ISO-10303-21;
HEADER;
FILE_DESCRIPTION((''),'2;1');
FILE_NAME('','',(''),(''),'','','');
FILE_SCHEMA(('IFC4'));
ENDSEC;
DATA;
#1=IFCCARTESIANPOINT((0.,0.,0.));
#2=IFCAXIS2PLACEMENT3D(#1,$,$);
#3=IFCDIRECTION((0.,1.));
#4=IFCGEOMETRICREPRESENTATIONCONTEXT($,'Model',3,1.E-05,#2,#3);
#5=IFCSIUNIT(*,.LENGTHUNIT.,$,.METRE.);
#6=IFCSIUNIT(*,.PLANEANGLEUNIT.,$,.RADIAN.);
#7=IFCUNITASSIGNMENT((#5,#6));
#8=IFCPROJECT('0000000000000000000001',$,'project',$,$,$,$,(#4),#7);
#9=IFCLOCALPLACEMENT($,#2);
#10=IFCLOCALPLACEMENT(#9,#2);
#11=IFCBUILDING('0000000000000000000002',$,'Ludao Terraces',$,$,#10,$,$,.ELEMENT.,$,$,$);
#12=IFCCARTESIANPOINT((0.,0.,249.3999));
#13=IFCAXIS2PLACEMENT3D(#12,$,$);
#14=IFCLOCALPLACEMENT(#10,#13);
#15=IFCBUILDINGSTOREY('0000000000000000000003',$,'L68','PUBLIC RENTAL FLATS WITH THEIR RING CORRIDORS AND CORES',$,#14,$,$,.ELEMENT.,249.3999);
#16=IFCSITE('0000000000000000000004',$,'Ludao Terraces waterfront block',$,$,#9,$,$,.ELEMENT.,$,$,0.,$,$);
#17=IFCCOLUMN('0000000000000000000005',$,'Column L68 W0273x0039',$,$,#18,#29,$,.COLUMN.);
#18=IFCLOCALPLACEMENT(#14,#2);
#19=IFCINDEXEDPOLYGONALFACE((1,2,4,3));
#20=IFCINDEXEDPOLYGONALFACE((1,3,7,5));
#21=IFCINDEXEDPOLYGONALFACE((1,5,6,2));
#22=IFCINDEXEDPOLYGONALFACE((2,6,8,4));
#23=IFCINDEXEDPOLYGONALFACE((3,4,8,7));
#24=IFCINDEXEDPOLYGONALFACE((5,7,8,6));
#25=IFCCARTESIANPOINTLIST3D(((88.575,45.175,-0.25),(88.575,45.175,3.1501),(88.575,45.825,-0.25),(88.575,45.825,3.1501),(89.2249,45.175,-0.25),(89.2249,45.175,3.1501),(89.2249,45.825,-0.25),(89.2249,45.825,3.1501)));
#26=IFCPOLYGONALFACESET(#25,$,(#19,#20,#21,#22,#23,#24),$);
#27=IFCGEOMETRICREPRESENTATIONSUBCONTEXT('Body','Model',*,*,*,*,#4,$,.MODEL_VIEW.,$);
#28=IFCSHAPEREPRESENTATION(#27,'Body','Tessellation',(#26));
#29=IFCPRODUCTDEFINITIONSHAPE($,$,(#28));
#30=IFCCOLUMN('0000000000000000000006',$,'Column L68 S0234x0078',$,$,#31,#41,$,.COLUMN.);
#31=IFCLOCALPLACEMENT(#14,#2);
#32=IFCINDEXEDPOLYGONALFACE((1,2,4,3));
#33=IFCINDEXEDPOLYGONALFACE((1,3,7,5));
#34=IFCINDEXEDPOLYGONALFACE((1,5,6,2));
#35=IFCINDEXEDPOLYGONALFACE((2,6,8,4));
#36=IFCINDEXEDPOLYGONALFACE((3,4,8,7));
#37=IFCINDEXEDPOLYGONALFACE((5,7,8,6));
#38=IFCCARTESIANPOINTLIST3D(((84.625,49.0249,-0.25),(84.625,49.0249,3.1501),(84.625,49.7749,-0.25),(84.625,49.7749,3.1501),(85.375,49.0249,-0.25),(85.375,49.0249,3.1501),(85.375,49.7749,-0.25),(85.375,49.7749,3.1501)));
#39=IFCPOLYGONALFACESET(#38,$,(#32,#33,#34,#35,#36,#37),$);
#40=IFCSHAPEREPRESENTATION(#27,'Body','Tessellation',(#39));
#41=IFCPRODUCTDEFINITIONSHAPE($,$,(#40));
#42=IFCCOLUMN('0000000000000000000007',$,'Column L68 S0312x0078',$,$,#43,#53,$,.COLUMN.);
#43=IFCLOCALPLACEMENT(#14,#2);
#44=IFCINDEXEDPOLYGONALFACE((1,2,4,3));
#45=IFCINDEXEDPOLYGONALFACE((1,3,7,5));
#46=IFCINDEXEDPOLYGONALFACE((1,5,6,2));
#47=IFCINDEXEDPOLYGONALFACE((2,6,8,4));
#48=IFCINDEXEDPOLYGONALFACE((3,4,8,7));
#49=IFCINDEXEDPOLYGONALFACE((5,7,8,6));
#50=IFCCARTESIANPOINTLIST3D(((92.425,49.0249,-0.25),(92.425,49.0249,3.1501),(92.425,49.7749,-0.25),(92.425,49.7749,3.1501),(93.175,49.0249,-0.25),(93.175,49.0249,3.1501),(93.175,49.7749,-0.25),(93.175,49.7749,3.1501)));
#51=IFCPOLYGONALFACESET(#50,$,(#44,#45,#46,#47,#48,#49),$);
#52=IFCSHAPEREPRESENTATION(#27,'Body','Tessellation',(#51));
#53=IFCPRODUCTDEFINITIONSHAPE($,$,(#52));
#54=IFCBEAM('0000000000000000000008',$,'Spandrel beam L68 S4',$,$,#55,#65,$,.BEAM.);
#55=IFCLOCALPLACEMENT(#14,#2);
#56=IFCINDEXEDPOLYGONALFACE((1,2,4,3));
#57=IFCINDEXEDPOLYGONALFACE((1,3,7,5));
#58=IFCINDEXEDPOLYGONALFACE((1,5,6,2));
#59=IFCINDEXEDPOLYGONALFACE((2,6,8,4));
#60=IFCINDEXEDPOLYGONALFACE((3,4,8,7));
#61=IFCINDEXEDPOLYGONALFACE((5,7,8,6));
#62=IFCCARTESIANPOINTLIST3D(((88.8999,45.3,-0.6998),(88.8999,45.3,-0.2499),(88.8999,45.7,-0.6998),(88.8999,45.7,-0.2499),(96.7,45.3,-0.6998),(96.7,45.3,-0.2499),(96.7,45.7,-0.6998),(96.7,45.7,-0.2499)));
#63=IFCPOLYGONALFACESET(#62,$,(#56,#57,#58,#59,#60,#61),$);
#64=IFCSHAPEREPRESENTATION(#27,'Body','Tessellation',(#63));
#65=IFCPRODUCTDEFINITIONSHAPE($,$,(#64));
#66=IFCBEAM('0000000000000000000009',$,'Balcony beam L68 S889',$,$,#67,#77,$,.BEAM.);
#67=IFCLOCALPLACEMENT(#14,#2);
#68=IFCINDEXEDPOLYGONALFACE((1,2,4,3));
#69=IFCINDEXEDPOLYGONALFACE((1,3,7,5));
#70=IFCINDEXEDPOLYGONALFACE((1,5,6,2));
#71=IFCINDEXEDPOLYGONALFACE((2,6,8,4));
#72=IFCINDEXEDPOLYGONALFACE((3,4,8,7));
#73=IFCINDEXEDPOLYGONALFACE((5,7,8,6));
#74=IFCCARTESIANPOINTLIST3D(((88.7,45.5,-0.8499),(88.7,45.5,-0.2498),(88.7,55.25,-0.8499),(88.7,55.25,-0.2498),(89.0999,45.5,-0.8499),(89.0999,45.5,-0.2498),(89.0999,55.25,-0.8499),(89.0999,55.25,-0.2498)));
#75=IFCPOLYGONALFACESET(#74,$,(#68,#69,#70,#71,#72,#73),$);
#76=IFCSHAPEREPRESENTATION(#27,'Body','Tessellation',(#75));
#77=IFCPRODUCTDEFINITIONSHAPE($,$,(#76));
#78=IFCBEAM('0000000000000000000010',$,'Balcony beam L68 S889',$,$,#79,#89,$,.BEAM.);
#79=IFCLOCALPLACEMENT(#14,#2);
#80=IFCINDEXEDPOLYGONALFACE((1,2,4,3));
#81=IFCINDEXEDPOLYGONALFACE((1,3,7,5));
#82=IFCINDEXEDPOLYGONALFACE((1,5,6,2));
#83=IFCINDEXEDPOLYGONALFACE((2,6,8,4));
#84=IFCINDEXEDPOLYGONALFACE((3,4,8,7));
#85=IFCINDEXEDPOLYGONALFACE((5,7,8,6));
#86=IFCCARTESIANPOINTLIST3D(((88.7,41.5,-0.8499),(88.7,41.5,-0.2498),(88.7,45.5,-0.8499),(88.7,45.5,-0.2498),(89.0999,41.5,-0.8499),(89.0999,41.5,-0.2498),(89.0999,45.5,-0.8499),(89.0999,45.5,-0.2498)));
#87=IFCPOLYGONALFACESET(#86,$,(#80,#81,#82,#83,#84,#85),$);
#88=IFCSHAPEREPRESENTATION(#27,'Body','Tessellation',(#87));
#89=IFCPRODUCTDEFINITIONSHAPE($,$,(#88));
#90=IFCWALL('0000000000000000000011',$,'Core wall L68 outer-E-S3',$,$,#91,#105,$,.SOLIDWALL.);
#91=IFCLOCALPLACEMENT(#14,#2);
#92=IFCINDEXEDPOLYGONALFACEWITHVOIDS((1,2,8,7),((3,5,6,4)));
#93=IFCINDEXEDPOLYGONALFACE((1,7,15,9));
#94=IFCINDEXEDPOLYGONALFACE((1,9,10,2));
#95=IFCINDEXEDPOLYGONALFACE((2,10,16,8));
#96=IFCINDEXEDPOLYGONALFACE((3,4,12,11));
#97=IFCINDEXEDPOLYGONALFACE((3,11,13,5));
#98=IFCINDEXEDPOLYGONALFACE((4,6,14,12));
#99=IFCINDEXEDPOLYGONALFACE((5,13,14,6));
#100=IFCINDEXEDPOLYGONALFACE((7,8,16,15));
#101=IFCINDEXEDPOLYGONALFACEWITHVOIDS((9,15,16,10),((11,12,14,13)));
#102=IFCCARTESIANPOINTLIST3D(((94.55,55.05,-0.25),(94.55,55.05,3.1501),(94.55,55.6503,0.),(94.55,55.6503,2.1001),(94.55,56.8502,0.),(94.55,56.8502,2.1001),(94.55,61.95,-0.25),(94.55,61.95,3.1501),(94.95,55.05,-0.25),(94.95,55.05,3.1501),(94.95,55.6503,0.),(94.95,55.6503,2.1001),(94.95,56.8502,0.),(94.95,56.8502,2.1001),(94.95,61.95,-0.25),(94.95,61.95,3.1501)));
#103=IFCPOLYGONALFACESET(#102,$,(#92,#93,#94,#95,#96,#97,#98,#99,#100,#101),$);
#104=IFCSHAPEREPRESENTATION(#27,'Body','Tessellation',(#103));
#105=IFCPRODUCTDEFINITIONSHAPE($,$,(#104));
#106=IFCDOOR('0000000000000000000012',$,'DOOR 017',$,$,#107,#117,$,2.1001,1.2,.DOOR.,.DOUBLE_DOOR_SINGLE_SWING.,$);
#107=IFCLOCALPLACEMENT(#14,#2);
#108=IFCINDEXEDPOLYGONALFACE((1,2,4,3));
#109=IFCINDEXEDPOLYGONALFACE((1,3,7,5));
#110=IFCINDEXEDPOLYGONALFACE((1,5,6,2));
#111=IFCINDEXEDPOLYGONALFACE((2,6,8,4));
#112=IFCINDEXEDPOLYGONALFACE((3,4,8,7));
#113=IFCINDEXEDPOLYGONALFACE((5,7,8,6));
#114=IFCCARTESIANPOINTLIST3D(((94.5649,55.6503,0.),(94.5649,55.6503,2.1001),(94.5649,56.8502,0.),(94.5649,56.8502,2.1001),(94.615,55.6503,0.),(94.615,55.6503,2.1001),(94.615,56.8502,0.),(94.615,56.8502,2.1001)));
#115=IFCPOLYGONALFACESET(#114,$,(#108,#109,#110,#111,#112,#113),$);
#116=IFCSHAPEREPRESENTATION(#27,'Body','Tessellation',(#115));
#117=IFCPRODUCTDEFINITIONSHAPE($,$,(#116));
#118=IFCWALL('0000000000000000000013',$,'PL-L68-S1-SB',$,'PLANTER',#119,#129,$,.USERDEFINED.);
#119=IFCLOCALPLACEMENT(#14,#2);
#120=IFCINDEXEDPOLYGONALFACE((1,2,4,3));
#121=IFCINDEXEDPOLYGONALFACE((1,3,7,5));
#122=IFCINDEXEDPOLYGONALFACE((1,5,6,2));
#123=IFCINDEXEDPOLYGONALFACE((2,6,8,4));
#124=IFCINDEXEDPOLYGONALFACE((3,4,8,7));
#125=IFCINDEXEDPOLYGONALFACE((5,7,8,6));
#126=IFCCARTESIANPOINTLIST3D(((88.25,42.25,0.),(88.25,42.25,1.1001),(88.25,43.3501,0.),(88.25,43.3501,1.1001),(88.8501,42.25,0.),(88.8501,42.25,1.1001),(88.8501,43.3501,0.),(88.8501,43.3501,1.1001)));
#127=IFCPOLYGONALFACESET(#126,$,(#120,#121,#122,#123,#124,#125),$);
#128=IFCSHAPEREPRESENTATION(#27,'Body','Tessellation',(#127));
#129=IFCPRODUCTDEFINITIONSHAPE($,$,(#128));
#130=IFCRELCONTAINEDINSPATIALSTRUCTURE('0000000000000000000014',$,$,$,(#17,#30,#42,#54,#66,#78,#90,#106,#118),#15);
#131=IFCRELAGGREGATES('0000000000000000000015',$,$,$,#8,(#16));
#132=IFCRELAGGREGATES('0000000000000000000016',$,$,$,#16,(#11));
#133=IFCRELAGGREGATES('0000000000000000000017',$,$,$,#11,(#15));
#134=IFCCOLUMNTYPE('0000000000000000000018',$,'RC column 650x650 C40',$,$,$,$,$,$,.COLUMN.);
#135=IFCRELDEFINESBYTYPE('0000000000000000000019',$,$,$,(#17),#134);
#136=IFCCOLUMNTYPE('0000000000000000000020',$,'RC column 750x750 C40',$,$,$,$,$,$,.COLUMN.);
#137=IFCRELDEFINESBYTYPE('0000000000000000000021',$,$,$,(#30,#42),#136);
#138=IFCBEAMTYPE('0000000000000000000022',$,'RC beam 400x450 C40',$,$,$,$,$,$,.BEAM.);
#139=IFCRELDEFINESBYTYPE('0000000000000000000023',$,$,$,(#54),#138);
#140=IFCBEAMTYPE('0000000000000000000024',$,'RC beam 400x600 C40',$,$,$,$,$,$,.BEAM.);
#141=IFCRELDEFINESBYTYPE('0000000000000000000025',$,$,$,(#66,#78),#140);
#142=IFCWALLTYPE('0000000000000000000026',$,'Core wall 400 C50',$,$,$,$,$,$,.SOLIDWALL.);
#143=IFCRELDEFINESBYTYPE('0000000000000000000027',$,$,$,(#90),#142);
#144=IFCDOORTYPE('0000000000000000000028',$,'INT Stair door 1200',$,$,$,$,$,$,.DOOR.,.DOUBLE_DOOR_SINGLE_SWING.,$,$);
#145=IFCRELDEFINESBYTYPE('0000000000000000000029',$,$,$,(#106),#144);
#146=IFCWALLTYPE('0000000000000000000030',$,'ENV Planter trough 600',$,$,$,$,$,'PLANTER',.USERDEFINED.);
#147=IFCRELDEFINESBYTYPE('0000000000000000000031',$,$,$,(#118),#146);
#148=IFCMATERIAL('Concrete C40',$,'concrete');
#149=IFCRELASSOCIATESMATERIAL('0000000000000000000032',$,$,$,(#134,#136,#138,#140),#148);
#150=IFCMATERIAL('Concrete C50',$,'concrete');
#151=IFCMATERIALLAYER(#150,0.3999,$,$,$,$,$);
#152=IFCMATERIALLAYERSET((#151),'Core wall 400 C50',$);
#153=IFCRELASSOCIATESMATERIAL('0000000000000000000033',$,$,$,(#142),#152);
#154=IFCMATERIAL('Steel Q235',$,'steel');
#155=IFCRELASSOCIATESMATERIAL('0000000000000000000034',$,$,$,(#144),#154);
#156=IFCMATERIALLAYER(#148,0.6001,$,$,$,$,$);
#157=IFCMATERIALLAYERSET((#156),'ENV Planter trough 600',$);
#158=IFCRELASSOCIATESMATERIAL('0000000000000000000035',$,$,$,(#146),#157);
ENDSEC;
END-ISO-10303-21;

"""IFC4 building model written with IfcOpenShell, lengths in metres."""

from ifc_helpers import new_model, si_unit, direction, frame, frame_2d, origin, origin_2d, place, context, subcontext, project, spatial, rectangle, extrude, material, layer, layer_set, material_profile, profile_set, type_object, element, fill, save


model = new_model("IFC4")

# Units and contexts
model_context = context("Model", 3, precision=1e-05, world=origin(), true_north=direction((0.0, 1.0)))
body_context = subcontext(model_context, "Body", "Model", "MODEL_VIEW")
ifc_project = project(units=[si_unit("LENGTHUNIT", "METRE"), si_unit("PLANEANGLEUNIT", "RADIAN")], contexts=[model_context])

# Site, building, storey
site_placement = place(None, origin())
site = spatial("IfcSite", under=ifc_project, at=site_placement, Name="Ludao Terraces waterfront block", CompositionType="ELEMENT", RefElevation=0.0)
building_placement = place(site_placement, origin())
building = spatial("IfcBuilding", under=site, at=building_placement, Name="Ludao Terraces", CompositionType="ELEMENT")
storey_placement = place(building_placement, frame((0.0, 0.0, 249.3999)))
storey = spatial("IfcBuildingStorey", under=building, at=storey_placement, Name="L68", Description="PUBLIC RENTAL FLATS WITH THEIR RING CORRIDORS AND CORES", CompositionType="ELEMENT", Elevation=249.3999)

# Columns
ifc_material_1 = material(Name="Concrete C40", Category="concrete")
ifc_material_profile_1 = material_profile(ifc_material_1, rectangle(XDim=0.6499, YDim=0.6499, at=origin_2d()), Name="650 X 650")
ifc_profile_set_1 = profile_set([ifc_material_profile_1], Name="Concrete C40")
column_type_1 = type_object("IfcColumnType", Name="RC column 650x650 C40", PredefinedType="COLUMN", material=ifc_profile_set_1)
column_placement = place(storey_placement, frame((88.8999, 45.5, -0.25), z_axis=(0.0, 0.0, 1.0), x_axis=(1.0, 0.0, 0.0)))
element("IfcColumn", 1, at=column_placement, inside=storey, type_object=column_type_1, Name="Column L68 W0273x0039", PredefinedType="COLUMN", context=body_context, shape_type="SweptSolid", body=[
    extrude(rectangle(XDim=0.6499, YDim=0.6499, at=origin_2d()), origin(), (0.0, 0.0, 1.0), 3.4001),
])
ifc_material_profile_2 = material_profile(ifc_material_1, rectangle(XDim=0.75, YDim=0.75, at=origin_2d()), Name="750 X 750")
ifc_profile_set_2 = profile_set([ifc_material_profile_2], Name="Concrete C40")
column_type_2 = type_object("IfcColumnType", Name="RC column 750x750 C40", PredefinedType="COLUMN", material=ifc_profile_set_2)
for number, where, z_axis, x_axis, name in (
    (2, (85.0, 49.3999, -0.25), (0.0, 0.0, 1.0), (1.0, 0.0, 0.0), "Column L68 S0234x0078"),
    (3, (92.8, 49.3999, -0.25), (0.0, 0.0, 1.0), (1.0, 0.0, 0.0), "Column L68 S0312x0078"),
):
    element("IfcColumn", number, at=place(storey_placement, frame(where, z_axis=z_axis, x_axis=x_axis)), inside=storey, type_object=column_type_2, Name=name, PredefinedType="COLUMN", context=body_context, shape_type="SweptSolid", body=[
        extrude(rectangle(XDim=0.75, YDim=0.75, at=origin_2d()), origin(), (0.0, 0.0, 1.0), 3.4001),
    ])

# Beams
ifc_material_profile_3 = material_profile(ifc_material_1, rectangle(XDim=0.3999, YDim=0.45, at=origin_2d()), Name="400 X 450")
ifc_profile_set_3 = profile_set([ifc_material_profile_3], Name="Concrete C40")
beam_type_1 = type_object("IfcBeamType", Name="RC beam 400x450 C40", PredefinedType="BEAM", material=ifc_profile_set_3)
beam_1_placement = place(storey_placement, frame((88.8999, 45.5, -0.4749), z_axis=(1.0, 0.0, 0.0), x_axis=(0.0, 1.0, 0.0)))
element("IfcBeam", 4, at=beam_1_placement, inside=storey, type_object=beam_type_1, Name="Spandrel beam L68 S4", PredefinedType="BEAM", context=body_context, shape_type="SweptSolid", body=[
    extrude(rectangle(XDim=0.3999, YDim=0.45, at=origin_2d()), origin(), (0.0, 0.0, 1.0), 7.8),
])
ifc_material_profile_4 = material_profile(ifc_material_1, rectangle(XDim=0.3999, YDim=0.6001, at=origin_2d()), Name="400 X 600")
ifc_profile_set_4 = profile_set([ifc_material_profile_4], Name="Concrete C40")
beam_type_2 = type_object("IfcBeamType", Name="RC beam 400x600 C40", PredefinedType="BEAM", material=ifc_profile_set_4)
beam_2_placement = place(storey_placement, frame((88.8999, 55.25, -0.5498), z_axis=(0.0, -1.0, 0.0), x_axis=(1.0, 0.0, 0.0)))
element("IfcBeam", 5, at=beam_2_placement, inside=storey, type_object=beam_type_2, Name="Balcony beam L68 S889", PredefinedType="BEAM", context=body_context, shape_type="SweptSolid", body=[
    extrude(rectangle(XDim=0.3999, YDim=0.6001, at=origin_2d()), origin(), (0.0, 0.0, 1.0), 9.75),
])
beam_3_placement = place(storey_placement, frame((88.8999, 45.5, -0.5498), z_axis=(0.0, -1.0, 0.0), x_axis=(1.0, 0.0, 0.0)))
element("IfcBeam", 6, at=beam_3_placement, inside=storey, type_object=beam_type_2, Name="Balcony beam L68 S889", PredefinedType="BEAM", context=body_context, shape_type="SweptSolid", body=[
    extrude(rectangle(XDim=0.3999, YDim=0.6001, at=origin_2d()), origin(), (0.0, 0.0, 1.0), 4.0),
])

# Wall, opening, door
ifc_material_2 = material(Name="Concrete C50", Category="concrete")
ifc_layer_1 = layer(ifc_material_2, 0.3999)
ifc_layer_set_1 = layer_set([ifc_layer_1], Name="Core wall 400 C50")
wall_type_1 = type_object("IfcWallType", Name="Core wall 400 C50", PredefinedType="SOLIDWALL", material=ifc_layer_set_1)
wall_1_placement = place(storey_placement, frame((94.75, 55.05, -0.25), z_axis=(0.0, 0.0, 1.0), x_axis=(0.0, 1.0, 0.0)))
wall_1 = element("IfcWall", 7, at=wall_1_placement, inside=storey, type_object=wall_type_1, Name="Core wall L68 outer-E-S3", PredefinedType="SOLIDWALL", context=body_context, shape_type="SweptSolid", body=[
    extrude(rectangle(XDim=6.8999, YDim=0.3999, at=frame_2d((3.45, 0.0))), origin(), (0.0, 0.0, 1.0), 3.4001),
])
opening_1_placement = place(wall_1_placement, frame((0.6001, 0.0, 0.25)))
opening_1 = element("IfcOpeningElement", 8, at=opening_1_placement, cuts=wall_1, PredefinedType="OPENING", context=body_context, shape_type="SweptSolid", body=[
    extrude(rectangle(XDim=1.2, YDim=2.1001, at=frame_2d((0.6001, 1.05))), frame((0.0, 0.21, 0.0), z_axis=(0.0, -1.0, 0.0), x_axis=(1.0, 0.0, 0.0)), (0.0, 0.0, 1.0), 0.4199),
])
ifc_material_3 = material(Name="Steel Q235", Category="steel")
door_type_1 = type_object("IfcDoorType", Name="INT Stair door 1200", OperationType="DOUBLE_DOOR_SINGLE_SWING", PredefinedType="DOOR", material=ifc_material_3)
door_1_placement = place(opening_1_placement, origin())
door_1 = element("IfcDoor", 9, at=door_1_placement, inside=storey, type_object=door_type_1, Name="DOOR 017", OperationType="DOUBLE_DOOR_SINGLE_SWING", OverallHeight=2.1001, OverallWidth=1.2, PredefinedType="DOOR", context=body_context, shape_type="SweptSolid", body=[
    extrude(rectangle(XDim=1.2, YDim=2.1001, at=frame_2d((0.6001, 1.05))), frame((0.0, 0.1851, 0.0), z_axis=(0.0, -1.0, 0.0), x_axis=(1.0, 0.0, 0.0)), (0.0, 0.0, 1.0), 0.05),
])
fill(opening_1, door_1)

# Wall
ifc_layer_2 = layer(ifc_material_1, 0.6001)
ifc_layer_set_2 = layer_set([ifc_layer_2], Name="ENV Planter trough 600")
wall_type_2 = type_object("IfcWallType", Name="ENV Planter trough 600", ElementType="PLANTER", PredefinedType="USERDEFINED", material=ifc_layer_set_2)
wall_2_placement = place(storey_placement, frame((88.55, 42.25, 0.0), z_axis=(0.0, 0.0, 1.0), x_axis=(0.0, 1.0, 0.0)))
element("IfcWall", 10, at=wall_2_placement, inside=storey, type_object=wall_type_2, Name="PL-L68-S1-SB", ObjectType="PLANTER", PredefinedType="USERDEFINED", context=body_context, shape_type="SweptSolid", body=[
    extrude(rectangle(XDim=1.1001, YDim=0.6001, at=frame_2d((0.55, 0.0))), origin(), (0.0, 0.0, 1.0), 1.1001),
])

save(model, "model.ifc")
